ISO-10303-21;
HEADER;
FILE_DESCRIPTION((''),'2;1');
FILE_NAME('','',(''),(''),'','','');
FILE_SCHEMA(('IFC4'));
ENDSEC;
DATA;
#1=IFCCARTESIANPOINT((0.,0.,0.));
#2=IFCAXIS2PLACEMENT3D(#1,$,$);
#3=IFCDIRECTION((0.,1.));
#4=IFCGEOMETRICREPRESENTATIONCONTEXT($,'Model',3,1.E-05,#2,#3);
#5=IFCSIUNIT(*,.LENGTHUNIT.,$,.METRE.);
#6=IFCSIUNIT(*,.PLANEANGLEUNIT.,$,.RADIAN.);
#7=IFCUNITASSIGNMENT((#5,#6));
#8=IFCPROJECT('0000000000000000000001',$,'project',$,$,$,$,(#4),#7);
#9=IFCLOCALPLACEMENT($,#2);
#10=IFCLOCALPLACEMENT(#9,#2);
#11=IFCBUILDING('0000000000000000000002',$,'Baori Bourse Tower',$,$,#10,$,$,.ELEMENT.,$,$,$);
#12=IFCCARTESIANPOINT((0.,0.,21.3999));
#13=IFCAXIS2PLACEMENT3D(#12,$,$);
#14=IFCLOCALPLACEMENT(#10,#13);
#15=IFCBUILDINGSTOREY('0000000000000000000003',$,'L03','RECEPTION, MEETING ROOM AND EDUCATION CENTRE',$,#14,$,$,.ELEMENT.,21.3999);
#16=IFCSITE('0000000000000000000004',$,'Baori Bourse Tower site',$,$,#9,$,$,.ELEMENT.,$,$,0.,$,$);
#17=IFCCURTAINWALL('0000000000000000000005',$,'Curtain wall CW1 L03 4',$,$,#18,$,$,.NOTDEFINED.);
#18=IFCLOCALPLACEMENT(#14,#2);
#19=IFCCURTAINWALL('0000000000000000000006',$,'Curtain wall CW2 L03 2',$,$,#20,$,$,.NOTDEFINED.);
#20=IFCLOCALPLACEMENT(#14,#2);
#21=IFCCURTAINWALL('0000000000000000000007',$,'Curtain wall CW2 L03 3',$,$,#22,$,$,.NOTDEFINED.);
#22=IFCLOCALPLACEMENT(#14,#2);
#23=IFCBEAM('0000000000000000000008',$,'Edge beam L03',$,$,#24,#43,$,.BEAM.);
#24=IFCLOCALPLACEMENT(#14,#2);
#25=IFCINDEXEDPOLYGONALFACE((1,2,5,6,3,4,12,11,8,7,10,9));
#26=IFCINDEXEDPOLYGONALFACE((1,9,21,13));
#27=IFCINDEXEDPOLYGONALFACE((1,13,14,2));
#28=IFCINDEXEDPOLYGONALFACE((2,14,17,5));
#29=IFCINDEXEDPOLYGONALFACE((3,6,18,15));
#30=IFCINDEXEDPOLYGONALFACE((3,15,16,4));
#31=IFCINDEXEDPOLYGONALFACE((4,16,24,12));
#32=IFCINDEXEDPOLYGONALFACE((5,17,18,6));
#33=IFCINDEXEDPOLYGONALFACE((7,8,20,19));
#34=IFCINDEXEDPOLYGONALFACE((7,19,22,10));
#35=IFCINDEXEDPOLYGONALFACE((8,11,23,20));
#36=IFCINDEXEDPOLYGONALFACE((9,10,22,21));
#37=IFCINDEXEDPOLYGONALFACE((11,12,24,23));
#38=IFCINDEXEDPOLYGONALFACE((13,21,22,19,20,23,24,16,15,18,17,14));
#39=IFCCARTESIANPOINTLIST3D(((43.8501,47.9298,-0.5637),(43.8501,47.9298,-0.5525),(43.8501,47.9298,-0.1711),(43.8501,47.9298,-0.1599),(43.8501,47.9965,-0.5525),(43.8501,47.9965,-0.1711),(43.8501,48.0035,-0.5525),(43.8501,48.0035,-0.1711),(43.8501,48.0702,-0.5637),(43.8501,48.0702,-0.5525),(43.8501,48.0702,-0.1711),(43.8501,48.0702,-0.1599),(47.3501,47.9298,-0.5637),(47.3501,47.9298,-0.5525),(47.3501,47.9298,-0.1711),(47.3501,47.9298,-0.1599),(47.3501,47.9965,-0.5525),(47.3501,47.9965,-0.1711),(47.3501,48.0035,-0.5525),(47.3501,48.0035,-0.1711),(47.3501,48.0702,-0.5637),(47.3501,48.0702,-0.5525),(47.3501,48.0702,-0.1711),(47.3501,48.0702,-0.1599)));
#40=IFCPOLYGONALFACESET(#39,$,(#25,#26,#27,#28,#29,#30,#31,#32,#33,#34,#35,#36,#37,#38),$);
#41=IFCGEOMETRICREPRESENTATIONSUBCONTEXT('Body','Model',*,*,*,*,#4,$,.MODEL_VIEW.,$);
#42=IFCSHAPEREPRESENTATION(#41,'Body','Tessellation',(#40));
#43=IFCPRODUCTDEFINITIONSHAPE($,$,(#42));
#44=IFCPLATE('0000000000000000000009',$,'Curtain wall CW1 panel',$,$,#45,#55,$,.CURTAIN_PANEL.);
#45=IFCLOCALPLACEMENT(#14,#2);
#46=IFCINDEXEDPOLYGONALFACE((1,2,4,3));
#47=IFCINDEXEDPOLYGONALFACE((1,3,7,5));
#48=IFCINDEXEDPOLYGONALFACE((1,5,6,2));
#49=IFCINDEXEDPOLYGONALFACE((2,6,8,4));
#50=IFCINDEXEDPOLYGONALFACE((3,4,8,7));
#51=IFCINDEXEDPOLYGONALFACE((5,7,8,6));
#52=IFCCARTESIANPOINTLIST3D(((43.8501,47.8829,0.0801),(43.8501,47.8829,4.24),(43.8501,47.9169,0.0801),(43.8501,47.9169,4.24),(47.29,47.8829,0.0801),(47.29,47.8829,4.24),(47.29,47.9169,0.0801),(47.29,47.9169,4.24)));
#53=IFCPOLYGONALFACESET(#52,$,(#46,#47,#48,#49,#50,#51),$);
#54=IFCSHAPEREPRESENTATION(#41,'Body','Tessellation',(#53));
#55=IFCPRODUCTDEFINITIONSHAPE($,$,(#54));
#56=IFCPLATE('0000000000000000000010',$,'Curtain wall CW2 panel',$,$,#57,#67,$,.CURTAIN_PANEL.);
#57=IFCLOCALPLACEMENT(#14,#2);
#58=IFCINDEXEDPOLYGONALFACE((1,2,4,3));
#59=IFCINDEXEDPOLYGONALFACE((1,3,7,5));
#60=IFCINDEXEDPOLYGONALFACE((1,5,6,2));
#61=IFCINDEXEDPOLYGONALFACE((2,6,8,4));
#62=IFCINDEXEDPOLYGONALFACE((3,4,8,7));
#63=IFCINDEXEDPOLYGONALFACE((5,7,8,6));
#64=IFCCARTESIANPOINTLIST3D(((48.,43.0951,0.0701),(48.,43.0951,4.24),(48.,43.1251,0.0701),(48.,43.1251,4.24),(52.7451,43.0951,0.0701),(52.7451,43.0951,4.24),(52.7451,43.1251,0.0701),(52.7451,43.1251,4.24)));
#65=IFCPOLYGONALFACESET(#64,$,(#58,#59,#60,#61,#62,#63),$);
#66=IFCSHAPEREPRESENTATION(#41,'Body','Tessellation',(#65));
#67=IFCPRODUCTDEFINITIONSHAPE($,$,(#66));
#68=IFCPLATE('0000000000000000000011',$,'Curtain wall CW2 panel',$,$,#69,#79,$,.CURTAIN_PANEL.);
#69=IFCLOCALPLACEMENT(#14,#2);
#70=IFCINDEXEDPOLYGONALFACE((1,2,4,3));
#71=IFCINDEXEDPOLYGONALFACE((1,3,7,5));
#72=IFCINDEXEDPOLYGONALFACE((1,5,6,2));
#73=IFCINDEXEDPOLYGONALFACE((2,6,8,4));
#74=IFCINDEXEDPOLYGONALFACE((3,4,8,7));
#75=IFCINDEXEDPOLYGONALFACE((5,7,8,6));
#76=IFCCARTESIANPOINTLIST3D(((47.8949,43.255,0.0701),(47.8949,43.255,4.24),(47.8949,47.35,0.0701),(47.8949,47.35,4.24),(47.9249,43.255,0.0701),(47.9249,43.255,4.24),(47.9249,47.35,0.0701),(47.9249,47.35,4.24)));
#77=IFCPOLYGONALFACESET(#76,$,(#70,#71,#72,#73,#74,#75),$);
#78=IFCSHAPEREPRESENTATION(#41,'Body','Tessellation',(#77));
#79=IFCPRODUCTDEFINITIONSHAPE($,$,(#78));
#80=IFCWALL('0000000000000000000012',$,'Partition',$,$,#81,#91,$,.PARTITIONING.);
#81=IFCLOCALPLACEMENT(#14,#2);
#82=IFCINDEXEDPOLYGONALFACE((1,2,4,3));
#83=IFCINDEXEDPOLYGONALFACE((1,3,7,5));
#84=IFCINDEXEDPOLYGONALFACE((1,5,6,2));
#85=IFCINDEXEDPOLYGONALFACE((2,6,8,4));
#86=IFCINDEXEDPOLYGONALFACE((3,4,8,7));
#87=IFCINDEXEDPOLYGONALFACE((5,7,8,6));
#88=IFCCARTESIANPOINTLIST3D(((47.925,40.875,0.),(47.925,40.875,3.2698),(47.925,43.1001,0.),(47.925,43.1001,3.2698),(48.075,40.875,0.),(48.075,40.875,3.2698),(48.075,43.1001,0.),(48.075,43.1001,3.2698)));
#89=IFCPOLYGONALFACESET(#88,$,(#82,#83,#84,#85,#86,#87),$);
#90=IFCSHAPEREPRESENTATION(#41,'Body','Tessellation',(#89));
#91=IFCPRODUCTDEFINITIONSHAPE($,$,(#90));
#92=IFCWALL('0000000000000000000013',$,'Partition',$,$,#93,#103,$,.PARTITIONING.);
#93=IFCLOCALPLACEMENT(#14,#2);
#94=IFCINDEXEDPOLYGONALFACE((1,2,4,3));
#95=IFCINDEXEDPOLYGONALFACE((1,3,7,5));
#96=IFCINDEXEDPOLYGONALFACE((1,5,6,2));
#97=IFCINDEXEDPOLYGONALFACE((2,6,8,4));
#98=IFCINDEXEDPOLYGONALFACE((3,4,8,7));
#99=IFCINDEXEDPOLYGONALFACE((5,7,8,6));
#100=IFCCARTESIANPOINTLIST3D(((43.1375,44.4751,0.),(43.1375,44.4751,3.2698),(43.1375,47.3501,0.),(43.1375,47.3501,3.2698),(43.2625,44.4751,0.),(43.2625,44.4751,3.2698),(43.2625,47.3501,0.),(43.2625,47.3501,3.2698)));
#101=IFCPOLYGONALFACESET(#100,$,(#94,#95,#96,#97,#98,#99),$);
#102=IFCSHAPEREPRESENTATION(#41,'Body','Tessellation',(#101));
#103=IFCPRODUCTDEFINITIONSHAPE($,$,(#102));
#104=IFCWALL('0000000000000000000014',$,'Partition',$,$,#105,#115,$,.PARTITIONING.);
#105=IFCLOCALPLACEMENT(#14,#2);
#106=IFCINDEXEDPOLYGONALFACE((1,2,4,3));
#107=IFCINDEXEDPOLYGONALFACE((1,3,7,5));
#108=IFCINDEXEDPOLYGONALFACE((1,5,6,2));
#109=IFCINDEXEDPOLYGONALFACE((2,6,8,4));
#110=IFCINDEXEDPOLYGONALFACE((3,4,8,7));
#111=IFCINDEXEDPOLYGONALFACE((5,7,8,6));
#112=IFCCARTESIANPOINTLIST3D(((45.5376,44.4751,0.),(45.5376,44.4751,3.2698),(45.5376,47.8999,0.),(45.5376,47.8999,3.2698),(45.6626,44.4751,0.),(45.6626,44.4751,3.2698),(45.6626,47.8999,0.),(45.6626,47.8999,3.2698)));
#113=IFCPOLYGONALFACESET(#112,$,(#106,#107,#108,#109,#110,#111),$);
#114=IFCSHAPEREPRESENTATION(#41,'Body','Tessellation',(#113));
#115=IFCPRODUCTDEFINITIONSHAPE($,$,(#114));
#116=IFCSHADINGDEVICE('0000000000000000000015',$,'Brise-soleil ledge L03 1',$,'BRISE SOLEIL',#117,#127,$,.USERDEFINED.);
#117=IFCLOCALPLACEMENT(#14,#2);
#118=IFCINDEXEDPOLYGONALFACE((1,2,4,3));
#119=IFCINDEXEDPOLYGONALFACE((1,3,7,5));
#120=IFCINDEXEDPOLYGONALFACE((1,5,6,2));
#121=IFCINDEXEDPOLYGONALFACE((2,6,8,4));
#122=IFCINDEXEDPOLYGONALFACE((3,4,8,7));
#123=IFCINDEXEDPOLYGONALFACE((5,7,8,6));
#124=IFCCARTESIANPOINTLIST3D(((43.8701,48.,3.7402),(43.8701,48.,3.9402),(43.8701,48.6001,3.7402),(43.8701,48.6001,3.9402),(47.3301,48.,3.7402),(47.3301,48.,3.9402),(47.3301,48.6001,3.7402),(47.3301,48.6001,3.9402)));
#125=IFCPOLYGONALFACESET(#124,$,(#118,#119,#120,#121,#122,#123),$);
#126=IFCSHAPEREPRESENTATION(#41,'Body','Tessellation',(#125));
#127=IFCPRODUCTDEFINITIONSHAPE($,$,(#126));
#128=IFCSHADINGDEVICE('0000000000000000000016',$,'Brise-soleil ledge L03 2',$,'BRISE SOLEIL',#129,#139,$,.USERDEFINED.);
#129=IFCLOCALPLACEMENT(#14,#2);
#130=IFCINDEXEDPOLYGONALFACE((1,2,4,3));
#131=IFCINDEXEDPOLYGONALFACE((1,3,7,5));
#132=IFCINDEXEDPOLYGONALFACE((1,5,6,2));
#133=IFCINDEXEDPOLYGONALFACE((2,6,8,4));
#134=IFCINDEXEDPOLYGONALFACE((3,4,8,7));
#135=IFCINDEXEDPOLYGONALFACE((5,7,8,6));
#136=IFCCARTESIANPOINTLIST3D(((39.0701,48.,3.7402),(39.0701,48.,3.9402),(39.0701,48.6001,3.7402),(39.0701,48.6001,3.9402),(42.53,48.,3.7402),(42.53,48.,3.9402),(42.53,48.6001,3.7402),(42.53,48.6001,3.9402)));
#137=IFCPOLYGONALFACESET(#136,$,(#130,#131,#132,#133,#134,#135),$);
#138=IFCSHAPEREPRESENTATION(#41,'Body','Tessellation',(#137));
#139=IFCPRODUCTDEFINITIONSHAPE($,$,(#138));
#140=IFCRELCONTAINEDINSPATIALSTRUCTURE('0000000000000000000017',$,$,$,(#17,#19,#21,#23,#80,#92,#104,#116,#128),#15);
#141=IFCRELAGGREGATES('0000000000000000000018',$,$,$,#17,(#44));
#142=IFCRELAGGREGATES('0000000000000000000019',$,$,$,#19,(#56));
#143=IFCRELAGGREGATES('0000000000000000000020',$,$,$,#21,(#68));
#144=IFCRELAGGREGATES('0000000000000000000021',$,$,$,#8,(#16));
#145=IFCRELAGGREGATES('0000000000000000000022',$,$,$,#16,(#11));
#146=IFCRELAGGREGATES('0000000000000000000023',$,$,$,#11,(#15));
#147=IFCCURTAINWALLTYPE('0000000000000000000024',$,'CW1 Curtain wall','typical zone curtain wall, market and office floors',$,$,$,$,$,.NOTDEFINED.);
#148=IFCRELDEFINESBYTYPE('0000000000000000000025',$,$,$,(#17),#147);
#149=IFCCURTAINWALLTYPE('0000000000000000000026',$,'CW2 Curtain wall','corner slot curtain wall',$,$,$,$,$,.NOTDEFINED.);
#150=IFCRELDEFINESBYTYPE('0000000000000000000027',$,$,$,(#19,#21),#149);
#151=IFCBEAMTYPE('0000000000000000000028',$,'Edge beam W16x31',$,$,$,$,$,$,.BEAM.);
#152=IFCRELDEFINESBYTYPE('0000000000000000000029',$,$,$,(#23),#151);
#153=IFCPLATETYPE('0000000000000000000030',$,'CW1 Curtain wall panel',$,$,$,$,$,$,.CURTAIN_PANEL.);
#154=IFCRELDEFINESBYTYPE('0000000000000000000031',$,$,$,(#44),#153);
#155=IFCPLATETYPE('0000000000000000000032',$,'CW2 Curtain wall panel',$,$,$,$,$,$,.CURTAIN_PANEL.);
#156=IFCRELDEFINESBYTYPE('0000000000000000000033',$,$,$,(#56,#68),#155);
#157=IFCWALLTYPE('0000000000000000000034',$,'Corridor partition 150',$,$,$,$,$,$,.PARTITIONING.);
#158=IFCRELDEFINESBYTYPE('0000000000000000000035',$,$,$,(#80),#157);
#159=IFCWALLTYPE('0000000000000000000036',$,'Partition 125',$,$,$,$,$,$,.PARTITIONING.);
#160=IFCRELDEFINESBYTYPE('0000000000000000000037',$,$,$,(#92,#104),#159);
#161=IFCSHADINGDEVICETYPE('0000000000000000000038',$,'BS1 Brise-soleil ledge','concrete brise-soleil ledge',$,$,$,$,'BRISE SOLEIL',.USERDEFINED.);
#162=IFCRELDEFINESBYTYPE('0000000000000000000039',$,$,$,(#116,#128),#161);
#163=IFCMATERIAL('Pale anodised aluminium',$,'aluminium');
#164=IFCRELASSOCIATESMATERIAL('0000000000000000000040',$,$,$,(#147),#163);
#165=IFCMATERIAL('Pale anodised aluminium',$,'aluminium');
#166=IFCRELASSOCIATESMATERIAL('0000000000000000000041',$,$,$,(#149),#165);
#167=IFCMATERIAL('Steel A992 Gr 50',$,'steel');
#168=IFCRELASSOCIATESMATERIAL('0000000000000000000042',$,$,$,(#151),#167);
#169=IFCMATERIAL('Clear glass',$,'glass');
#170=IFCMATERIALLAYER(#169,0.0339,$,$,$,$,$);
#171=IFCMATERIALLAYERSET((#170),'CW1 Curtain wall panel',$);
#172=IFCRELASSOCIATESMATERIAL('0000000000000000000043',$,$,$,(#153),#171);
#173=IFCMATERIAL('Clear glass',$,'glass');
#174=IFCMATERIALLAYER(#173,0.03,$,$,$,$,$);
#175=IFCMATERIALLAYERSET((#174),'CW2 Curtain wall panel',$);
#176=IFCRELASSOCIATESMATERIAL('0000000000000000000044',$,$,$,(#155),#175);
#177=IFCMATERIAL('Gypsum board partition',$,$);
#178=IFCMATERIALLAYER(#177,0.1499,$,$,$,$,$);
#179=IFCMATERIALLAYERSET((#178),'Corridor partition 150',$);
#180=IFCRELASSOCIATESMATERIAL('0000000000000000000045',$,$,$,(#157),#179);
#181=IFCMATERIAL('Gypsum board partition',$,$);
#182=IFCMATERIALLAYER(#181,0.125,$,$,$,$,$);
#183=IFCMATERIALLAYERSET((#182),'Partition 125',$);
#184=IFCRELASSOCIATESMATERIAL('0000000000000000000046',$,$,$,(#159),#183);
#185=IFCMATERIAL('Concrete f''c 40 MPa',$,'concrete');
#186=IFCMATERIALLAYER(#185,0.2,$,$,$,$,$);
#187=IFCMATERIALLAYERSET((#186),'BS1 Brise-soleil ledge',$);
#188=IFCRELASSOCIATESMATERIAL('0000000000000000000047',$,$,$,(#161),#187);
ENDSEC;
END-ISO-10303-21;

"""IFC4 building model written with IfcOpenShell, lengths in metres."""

from ifc_helpers import new_model, si_unit, direction, frame, frame_2d, origin, origin_2d, place, context, subcontext, project, spatial, rectangle, i_section, extrude, material, layer, layer_set, material_profile, profile_set, type_object, element, aggregate, save


model = new_model("IFC4")

# Units and contexts
model_context = context("Model", 3, precision=1e-05, world=origin(), true_north=direction((0.0, 1.0)))
body_context = subcontext(model_context, "Body", "Model", "MODEL_VIEW")
ifc_project = project(units=[si_unit("LENGTHUNIT", "METRE"), si_unit("PLANEANGLEUNIT", "RADIAN")], contexts=[model_context])

# Site, building, storey
site_placement = place(None, origin())
site = spatial("IfcSite", under=ifc_project, at=site_placement, Name="Baori Bourse Tower site", CompositionType="ELEMENT", RefElevation=0.0)
building_placement = place(site_placement, origin())
building = spatial("IfcBuilding", under=site, at=building_placement, Name="Baori Bourse Tower", CompositionType="ELEMENT")
storey_placement = place(building_placement, frame((0.0, 0.0, 21.3999)))
storey = spatial("IfcBuildingStorey", under=building, at=storey_placement, Name="L03", Description="RECEPTION, MEETING ROOM AND EDUCATION CENTRE", CompositionType="ELEMENT", Elevation=21.3999)

# Curtain wall
ifc_material_1 = material(Name="Pale anodised aluminium", Category="aluminium")
curtain_wall_type_1 = type_object("IfcCurtainWallType", Name="CW1 Curtain wall", Description="typical zone curtain wall, market and office floors", PredefinedType="NOTDEFINED", material=ifc_material_1)
curtain_wall_1_placement = place(storey_placement, origin())
curtain_wall_1 = element("IfcCurtainWall", 1, at=curtain_wall_1_placement, inside=storey, type_object=curtain_wall_type_1, Name="Curtain wall CW1 L03 4", PredefinedType="NOTDEFINED")

# Curtain walls
ifc_material_2 = material(Name="Pale anodised aluminium", Category="aluminium")
curtain_wall_type_2 = type_object("IfcCurtainWallType", Name="CW2 Curtain wall", Description="corner slot curtain wall", PredefinedType="NOTDEFINED", material=ifc_material_2)
curtain_wall_2_placement = place(storey_placement, origin())
curtain_wall_2 = element("IfcCurtainWall", 2, at=curtain_wall_2_placement, inside=storey, type_object=curtain_wall_type_2, Name="Curtain wall CW2 L03 2", PredefinedType="NOTDEFINED")
curtain_wall_3_placement = place(storey_placement, origin())
curtain_wall_3 = element("IfcCurtainWall", 3, at=curtain_wall_3_placement, inside=storey, type_object=curtain_wall_type_2, Name="Curtain wall CW2 L03 3", PredefinedType="NOTDEFINED")

# Beam
ifc_material_3 = material(Name="Steel A992 Gr 50", Category="steel")
ifc_material_profile_1 = material_profile(ifc_material_3, i_section(OverallWidth=0.1404, OverallDepth=0.4038, WebThickness=0.0071, FlangeThickness=0.0112, at=origin_2d()), Name="W16x31")
ifc_profile_set_1 = profile_set([ifc_material_profile_1], Name="Steel A992 Gr 50")
beam_type = type_object("IfcBeamType", Name="Edge beam W16x31", PredefinedType="BEAM", material=ifc_profile_set_1)
beam_placement = place(storey_placement, frame((43.8501, 48.0, -0.3618), z_axis=(1.0, 0.0, 0.0), x_axis=(0.0, 1.0, 0.0)))
element("IfcBeam", 4, at=beam_placement, inside=storey, type_object=beam_type, Name="Edge beam L03", PredefinedType="BEAM", context=body_context, shape_type="SweptSolid", body=[
    extrude(i_section(OverallWidth=0.1404, OverallDepth=0.4038, WebThickness=0.0071, FlangeThickness=0.0112, at=origin_2d()), origin(), (0.0, 0.0, 1.0), 3.5),
])

# Plates
ifc_material_4 = material(Name="Clear glass", Category="glass")
ifc_layer_1 = layer(ifc_material_4, 0.0339)
ifc_layer_set_1 = layer_set([ifc_layer_1], Name="CW1 Curtain wall panel")
plate_type_1 = type_object("IfcPlateType", Name="CW1 Curtain wall panel", PredefinedType="CURTAIN_PANEL", material=ifc_layer_set_1)
plate_1_placement = place(storey_placement, frame((45.5701, 47.8999, 0.0801), z_axis=(0.0, 0.0, 1.0), x_axis=(-1.0, 0.0, 0.0)))
plate_1 = element("IfcPlate", 5, at=plate_1_placement, type_object=plate_type_1, Name="Curtain wall CW1 panel", PredefinedType="CURTAIN_PANEL", context=body_context, shape_type="SweptSolid", body=[
    extrude(rectangle(XDim=3.4399, YDim=0.0339, at=origin_2d()), origin(), (0.0, 0.0, 1.0), 4.1599),
])
aggregate(curtain_wall_1, [plate_1])
ifc_material_5 = material(Name="Clear glass", Category="glass")
ifc_layer_2 = layer(ifc_material_5, 0.03)
ifc_layer_set_2 = layer_set([ifc_layer_2], Name="CW2 Curtain wall panel")
plate_type_2 = type_object("IfcPlateType", Name="CW2 Curtain wall panel", PredefinedType="CURTAIN_PANEL", material=ifc_layer_set_2)
plate_2_placement = place(storey_placement, frame((50.3726, 43.1101, 0.0701), z_axis=(0.0, 0.0, 1.0), x_axis=(-1.0, 0.0, 0.0)))
plate_2 = element("IfcPlate", 6, at=plate_2_placement, type_object=plate_type_2, Name="Curtain wall CW2 panel", PredefinedType="CURTAIN_PANEL", context=body_context, shape_type="SweptSolid", body=[
    extrude(rectangle(XDim=4.7451, YDim=0.03, at=origin_2d()), origin(), (0.0, 0.0, 1.0), 4.1699),
])
aggregate(curtain_wall_2, [plate_2])
plate_3_placement = place(storey_placement, frame((47.9099, 45.3025, 0.0701), z_axis=(0.0, 0.0, 1.0), x_axis=(0.0, 1.0, 0.0)))
plate_3 = element("IfcPlate", 7, at=plate_3_placement, type_object=plate_type_2, Name="Curtain wall CW2 panel", PredefinedType="CURTAIN_PANEL", context=body_context, shape_type="SweptSolid", body=[
    extrude(rectangle(XDim=4.095, YDim=0.03, at=origin_2d()), origin(), (0.0, 0.0, 1.0), 4.1699),
])
aggregate(curtain_wall_3, [plate_3])

# Walls
ifc_material_6 = material(Name="Gypsum board partition")
ifc_layer_3 = layer(ifc_material_6, 0.1499)
ifc_layer_set_3 = layer_set([ifc_layer_3], Name="Corridor partition 150")
wall_type_1 = type_object("IfcWallType", Name="Corridor partition 150", PredefinedType="PARTITIONING", material=ifc_layer_set_3)
wall_1_placement = place(storey_placement, frame((48.0, 40.875, 0.0), z_axis=(0.0, 0.0, 1.0), x_axis=(0.0, 1.0, 0.0)))
element("IfcWall", 8, at=wall_1_placement, inside=storey, type_object=wall_type_1, Name="Partition", PredefinedType="PARTITIONING", context=body_context, shape_type="SweptSolid", body=[
    extrude(rectangle(XDim=2.2251, YDim=0.1499, at=frame_2d((1.1125, 0.0))), origin(), (0.0, 0.0, 1.0), 3.2698),
])
ifc_material_7 = material(Name="Gypsum board partition")
ifc_layer_4 = layer(ifc_material_7, 0.125)
ifc_layer_set_4 = layer_set([ifc_layer_4], Name="Partition 125")
wall_type_2 = type_object("IfcWallType", Name="Partition 125", PredefinedType="PARTITIONING", material=ifc_layer_set_4)
wall_2_placement = place(storey_placement, frame((43.2, 44.4751, 0.0), z_axis=(0.0, 0.0, 1.0), x_axis=(0.0, 1.0, 0.0)))
element("IfcWall", 9, at=wall_2_placement, inside=storey, type_object=wall_type_2, Name="Partition", PredefinedType="PARTITIONING", context=body_context, shape_type="SweptSolid", body=[
    extrude(rectangle(XDim=2.875, YDim=0.125, at=frame_2d((1.4375, 0.0))), origin(), (0.0, 0.0, 1.0), 3.2698),
])
wall_3_placement = place(storey_placement, frame((45.6001, 44.4751, 0.0), z_axis=(0.0, 0.0, 1.0), x_axis=(0.0, 1.0, 0.0)))
element("IfcWall", 10, at=wall_3_placement, inside=storey, type_object=wall_type_2, Name="Partition", PredefinedType="PARTITIONING", context=body_context, shape_type="SweptSolid", body=[
    extrude(rectangle(XDim=3.4248, YDim=0.125, at=frame_2d((1.7124, 0.0))), origin(), (0.0, 0.0, 1.0), 3.2698),
])

# Shading devices
ifc_material_8 = material(Name="Concrete f'c 40 MPa", Category="concrete")
ifc_layer_5 = layer(ifc_material_8, 0.2)
ifc_layer_set_5 = layer_set([ifc_layer_5], Name="BS1 Brise-soleil ledge")
shading_device_type = type_object("IfcShadingDeviceType", Name="BS1 Brise-soleil ledge", Description="concrete brise-soleil ledge", ElementType="BRISE SOLEIL", PredefinedType="USERDEFINED", material=ifc_layer_set_5)
for number, where, z_axis, x_axis, name in (
    (11, (45.6001, 48.3, 3.7402), (0.0, 0.0, 1.0), (-1.0, 0.0, 0.0), "Brise-soleil ledge L03 1"),
    (12, (40.8, 48.3, 3.7402), (0.0, 0.0, 1.0), (-1.0, 0.0, 0.0), "Brise-soleil ledge L03 2"),
):
    element("IfcShadingDevice", number, at=place(storey_placement, frame(where, z_axis=z_axis, x_axis=x_axis)), inside=storey, type_object=shading_device_type, Name=name, ObjectType="BRISE SOLEIL", PredefinedType="USERDEFINED", context=body_context, shape_type="SweptSolid", body=[
        extrude(rectangle(XDim=3.46, YDim=0.6001, at=origin_2d()), origin(), (0.0, 0.0, 1.0), 0.2),
    ])

save(model, "model.ifc")
